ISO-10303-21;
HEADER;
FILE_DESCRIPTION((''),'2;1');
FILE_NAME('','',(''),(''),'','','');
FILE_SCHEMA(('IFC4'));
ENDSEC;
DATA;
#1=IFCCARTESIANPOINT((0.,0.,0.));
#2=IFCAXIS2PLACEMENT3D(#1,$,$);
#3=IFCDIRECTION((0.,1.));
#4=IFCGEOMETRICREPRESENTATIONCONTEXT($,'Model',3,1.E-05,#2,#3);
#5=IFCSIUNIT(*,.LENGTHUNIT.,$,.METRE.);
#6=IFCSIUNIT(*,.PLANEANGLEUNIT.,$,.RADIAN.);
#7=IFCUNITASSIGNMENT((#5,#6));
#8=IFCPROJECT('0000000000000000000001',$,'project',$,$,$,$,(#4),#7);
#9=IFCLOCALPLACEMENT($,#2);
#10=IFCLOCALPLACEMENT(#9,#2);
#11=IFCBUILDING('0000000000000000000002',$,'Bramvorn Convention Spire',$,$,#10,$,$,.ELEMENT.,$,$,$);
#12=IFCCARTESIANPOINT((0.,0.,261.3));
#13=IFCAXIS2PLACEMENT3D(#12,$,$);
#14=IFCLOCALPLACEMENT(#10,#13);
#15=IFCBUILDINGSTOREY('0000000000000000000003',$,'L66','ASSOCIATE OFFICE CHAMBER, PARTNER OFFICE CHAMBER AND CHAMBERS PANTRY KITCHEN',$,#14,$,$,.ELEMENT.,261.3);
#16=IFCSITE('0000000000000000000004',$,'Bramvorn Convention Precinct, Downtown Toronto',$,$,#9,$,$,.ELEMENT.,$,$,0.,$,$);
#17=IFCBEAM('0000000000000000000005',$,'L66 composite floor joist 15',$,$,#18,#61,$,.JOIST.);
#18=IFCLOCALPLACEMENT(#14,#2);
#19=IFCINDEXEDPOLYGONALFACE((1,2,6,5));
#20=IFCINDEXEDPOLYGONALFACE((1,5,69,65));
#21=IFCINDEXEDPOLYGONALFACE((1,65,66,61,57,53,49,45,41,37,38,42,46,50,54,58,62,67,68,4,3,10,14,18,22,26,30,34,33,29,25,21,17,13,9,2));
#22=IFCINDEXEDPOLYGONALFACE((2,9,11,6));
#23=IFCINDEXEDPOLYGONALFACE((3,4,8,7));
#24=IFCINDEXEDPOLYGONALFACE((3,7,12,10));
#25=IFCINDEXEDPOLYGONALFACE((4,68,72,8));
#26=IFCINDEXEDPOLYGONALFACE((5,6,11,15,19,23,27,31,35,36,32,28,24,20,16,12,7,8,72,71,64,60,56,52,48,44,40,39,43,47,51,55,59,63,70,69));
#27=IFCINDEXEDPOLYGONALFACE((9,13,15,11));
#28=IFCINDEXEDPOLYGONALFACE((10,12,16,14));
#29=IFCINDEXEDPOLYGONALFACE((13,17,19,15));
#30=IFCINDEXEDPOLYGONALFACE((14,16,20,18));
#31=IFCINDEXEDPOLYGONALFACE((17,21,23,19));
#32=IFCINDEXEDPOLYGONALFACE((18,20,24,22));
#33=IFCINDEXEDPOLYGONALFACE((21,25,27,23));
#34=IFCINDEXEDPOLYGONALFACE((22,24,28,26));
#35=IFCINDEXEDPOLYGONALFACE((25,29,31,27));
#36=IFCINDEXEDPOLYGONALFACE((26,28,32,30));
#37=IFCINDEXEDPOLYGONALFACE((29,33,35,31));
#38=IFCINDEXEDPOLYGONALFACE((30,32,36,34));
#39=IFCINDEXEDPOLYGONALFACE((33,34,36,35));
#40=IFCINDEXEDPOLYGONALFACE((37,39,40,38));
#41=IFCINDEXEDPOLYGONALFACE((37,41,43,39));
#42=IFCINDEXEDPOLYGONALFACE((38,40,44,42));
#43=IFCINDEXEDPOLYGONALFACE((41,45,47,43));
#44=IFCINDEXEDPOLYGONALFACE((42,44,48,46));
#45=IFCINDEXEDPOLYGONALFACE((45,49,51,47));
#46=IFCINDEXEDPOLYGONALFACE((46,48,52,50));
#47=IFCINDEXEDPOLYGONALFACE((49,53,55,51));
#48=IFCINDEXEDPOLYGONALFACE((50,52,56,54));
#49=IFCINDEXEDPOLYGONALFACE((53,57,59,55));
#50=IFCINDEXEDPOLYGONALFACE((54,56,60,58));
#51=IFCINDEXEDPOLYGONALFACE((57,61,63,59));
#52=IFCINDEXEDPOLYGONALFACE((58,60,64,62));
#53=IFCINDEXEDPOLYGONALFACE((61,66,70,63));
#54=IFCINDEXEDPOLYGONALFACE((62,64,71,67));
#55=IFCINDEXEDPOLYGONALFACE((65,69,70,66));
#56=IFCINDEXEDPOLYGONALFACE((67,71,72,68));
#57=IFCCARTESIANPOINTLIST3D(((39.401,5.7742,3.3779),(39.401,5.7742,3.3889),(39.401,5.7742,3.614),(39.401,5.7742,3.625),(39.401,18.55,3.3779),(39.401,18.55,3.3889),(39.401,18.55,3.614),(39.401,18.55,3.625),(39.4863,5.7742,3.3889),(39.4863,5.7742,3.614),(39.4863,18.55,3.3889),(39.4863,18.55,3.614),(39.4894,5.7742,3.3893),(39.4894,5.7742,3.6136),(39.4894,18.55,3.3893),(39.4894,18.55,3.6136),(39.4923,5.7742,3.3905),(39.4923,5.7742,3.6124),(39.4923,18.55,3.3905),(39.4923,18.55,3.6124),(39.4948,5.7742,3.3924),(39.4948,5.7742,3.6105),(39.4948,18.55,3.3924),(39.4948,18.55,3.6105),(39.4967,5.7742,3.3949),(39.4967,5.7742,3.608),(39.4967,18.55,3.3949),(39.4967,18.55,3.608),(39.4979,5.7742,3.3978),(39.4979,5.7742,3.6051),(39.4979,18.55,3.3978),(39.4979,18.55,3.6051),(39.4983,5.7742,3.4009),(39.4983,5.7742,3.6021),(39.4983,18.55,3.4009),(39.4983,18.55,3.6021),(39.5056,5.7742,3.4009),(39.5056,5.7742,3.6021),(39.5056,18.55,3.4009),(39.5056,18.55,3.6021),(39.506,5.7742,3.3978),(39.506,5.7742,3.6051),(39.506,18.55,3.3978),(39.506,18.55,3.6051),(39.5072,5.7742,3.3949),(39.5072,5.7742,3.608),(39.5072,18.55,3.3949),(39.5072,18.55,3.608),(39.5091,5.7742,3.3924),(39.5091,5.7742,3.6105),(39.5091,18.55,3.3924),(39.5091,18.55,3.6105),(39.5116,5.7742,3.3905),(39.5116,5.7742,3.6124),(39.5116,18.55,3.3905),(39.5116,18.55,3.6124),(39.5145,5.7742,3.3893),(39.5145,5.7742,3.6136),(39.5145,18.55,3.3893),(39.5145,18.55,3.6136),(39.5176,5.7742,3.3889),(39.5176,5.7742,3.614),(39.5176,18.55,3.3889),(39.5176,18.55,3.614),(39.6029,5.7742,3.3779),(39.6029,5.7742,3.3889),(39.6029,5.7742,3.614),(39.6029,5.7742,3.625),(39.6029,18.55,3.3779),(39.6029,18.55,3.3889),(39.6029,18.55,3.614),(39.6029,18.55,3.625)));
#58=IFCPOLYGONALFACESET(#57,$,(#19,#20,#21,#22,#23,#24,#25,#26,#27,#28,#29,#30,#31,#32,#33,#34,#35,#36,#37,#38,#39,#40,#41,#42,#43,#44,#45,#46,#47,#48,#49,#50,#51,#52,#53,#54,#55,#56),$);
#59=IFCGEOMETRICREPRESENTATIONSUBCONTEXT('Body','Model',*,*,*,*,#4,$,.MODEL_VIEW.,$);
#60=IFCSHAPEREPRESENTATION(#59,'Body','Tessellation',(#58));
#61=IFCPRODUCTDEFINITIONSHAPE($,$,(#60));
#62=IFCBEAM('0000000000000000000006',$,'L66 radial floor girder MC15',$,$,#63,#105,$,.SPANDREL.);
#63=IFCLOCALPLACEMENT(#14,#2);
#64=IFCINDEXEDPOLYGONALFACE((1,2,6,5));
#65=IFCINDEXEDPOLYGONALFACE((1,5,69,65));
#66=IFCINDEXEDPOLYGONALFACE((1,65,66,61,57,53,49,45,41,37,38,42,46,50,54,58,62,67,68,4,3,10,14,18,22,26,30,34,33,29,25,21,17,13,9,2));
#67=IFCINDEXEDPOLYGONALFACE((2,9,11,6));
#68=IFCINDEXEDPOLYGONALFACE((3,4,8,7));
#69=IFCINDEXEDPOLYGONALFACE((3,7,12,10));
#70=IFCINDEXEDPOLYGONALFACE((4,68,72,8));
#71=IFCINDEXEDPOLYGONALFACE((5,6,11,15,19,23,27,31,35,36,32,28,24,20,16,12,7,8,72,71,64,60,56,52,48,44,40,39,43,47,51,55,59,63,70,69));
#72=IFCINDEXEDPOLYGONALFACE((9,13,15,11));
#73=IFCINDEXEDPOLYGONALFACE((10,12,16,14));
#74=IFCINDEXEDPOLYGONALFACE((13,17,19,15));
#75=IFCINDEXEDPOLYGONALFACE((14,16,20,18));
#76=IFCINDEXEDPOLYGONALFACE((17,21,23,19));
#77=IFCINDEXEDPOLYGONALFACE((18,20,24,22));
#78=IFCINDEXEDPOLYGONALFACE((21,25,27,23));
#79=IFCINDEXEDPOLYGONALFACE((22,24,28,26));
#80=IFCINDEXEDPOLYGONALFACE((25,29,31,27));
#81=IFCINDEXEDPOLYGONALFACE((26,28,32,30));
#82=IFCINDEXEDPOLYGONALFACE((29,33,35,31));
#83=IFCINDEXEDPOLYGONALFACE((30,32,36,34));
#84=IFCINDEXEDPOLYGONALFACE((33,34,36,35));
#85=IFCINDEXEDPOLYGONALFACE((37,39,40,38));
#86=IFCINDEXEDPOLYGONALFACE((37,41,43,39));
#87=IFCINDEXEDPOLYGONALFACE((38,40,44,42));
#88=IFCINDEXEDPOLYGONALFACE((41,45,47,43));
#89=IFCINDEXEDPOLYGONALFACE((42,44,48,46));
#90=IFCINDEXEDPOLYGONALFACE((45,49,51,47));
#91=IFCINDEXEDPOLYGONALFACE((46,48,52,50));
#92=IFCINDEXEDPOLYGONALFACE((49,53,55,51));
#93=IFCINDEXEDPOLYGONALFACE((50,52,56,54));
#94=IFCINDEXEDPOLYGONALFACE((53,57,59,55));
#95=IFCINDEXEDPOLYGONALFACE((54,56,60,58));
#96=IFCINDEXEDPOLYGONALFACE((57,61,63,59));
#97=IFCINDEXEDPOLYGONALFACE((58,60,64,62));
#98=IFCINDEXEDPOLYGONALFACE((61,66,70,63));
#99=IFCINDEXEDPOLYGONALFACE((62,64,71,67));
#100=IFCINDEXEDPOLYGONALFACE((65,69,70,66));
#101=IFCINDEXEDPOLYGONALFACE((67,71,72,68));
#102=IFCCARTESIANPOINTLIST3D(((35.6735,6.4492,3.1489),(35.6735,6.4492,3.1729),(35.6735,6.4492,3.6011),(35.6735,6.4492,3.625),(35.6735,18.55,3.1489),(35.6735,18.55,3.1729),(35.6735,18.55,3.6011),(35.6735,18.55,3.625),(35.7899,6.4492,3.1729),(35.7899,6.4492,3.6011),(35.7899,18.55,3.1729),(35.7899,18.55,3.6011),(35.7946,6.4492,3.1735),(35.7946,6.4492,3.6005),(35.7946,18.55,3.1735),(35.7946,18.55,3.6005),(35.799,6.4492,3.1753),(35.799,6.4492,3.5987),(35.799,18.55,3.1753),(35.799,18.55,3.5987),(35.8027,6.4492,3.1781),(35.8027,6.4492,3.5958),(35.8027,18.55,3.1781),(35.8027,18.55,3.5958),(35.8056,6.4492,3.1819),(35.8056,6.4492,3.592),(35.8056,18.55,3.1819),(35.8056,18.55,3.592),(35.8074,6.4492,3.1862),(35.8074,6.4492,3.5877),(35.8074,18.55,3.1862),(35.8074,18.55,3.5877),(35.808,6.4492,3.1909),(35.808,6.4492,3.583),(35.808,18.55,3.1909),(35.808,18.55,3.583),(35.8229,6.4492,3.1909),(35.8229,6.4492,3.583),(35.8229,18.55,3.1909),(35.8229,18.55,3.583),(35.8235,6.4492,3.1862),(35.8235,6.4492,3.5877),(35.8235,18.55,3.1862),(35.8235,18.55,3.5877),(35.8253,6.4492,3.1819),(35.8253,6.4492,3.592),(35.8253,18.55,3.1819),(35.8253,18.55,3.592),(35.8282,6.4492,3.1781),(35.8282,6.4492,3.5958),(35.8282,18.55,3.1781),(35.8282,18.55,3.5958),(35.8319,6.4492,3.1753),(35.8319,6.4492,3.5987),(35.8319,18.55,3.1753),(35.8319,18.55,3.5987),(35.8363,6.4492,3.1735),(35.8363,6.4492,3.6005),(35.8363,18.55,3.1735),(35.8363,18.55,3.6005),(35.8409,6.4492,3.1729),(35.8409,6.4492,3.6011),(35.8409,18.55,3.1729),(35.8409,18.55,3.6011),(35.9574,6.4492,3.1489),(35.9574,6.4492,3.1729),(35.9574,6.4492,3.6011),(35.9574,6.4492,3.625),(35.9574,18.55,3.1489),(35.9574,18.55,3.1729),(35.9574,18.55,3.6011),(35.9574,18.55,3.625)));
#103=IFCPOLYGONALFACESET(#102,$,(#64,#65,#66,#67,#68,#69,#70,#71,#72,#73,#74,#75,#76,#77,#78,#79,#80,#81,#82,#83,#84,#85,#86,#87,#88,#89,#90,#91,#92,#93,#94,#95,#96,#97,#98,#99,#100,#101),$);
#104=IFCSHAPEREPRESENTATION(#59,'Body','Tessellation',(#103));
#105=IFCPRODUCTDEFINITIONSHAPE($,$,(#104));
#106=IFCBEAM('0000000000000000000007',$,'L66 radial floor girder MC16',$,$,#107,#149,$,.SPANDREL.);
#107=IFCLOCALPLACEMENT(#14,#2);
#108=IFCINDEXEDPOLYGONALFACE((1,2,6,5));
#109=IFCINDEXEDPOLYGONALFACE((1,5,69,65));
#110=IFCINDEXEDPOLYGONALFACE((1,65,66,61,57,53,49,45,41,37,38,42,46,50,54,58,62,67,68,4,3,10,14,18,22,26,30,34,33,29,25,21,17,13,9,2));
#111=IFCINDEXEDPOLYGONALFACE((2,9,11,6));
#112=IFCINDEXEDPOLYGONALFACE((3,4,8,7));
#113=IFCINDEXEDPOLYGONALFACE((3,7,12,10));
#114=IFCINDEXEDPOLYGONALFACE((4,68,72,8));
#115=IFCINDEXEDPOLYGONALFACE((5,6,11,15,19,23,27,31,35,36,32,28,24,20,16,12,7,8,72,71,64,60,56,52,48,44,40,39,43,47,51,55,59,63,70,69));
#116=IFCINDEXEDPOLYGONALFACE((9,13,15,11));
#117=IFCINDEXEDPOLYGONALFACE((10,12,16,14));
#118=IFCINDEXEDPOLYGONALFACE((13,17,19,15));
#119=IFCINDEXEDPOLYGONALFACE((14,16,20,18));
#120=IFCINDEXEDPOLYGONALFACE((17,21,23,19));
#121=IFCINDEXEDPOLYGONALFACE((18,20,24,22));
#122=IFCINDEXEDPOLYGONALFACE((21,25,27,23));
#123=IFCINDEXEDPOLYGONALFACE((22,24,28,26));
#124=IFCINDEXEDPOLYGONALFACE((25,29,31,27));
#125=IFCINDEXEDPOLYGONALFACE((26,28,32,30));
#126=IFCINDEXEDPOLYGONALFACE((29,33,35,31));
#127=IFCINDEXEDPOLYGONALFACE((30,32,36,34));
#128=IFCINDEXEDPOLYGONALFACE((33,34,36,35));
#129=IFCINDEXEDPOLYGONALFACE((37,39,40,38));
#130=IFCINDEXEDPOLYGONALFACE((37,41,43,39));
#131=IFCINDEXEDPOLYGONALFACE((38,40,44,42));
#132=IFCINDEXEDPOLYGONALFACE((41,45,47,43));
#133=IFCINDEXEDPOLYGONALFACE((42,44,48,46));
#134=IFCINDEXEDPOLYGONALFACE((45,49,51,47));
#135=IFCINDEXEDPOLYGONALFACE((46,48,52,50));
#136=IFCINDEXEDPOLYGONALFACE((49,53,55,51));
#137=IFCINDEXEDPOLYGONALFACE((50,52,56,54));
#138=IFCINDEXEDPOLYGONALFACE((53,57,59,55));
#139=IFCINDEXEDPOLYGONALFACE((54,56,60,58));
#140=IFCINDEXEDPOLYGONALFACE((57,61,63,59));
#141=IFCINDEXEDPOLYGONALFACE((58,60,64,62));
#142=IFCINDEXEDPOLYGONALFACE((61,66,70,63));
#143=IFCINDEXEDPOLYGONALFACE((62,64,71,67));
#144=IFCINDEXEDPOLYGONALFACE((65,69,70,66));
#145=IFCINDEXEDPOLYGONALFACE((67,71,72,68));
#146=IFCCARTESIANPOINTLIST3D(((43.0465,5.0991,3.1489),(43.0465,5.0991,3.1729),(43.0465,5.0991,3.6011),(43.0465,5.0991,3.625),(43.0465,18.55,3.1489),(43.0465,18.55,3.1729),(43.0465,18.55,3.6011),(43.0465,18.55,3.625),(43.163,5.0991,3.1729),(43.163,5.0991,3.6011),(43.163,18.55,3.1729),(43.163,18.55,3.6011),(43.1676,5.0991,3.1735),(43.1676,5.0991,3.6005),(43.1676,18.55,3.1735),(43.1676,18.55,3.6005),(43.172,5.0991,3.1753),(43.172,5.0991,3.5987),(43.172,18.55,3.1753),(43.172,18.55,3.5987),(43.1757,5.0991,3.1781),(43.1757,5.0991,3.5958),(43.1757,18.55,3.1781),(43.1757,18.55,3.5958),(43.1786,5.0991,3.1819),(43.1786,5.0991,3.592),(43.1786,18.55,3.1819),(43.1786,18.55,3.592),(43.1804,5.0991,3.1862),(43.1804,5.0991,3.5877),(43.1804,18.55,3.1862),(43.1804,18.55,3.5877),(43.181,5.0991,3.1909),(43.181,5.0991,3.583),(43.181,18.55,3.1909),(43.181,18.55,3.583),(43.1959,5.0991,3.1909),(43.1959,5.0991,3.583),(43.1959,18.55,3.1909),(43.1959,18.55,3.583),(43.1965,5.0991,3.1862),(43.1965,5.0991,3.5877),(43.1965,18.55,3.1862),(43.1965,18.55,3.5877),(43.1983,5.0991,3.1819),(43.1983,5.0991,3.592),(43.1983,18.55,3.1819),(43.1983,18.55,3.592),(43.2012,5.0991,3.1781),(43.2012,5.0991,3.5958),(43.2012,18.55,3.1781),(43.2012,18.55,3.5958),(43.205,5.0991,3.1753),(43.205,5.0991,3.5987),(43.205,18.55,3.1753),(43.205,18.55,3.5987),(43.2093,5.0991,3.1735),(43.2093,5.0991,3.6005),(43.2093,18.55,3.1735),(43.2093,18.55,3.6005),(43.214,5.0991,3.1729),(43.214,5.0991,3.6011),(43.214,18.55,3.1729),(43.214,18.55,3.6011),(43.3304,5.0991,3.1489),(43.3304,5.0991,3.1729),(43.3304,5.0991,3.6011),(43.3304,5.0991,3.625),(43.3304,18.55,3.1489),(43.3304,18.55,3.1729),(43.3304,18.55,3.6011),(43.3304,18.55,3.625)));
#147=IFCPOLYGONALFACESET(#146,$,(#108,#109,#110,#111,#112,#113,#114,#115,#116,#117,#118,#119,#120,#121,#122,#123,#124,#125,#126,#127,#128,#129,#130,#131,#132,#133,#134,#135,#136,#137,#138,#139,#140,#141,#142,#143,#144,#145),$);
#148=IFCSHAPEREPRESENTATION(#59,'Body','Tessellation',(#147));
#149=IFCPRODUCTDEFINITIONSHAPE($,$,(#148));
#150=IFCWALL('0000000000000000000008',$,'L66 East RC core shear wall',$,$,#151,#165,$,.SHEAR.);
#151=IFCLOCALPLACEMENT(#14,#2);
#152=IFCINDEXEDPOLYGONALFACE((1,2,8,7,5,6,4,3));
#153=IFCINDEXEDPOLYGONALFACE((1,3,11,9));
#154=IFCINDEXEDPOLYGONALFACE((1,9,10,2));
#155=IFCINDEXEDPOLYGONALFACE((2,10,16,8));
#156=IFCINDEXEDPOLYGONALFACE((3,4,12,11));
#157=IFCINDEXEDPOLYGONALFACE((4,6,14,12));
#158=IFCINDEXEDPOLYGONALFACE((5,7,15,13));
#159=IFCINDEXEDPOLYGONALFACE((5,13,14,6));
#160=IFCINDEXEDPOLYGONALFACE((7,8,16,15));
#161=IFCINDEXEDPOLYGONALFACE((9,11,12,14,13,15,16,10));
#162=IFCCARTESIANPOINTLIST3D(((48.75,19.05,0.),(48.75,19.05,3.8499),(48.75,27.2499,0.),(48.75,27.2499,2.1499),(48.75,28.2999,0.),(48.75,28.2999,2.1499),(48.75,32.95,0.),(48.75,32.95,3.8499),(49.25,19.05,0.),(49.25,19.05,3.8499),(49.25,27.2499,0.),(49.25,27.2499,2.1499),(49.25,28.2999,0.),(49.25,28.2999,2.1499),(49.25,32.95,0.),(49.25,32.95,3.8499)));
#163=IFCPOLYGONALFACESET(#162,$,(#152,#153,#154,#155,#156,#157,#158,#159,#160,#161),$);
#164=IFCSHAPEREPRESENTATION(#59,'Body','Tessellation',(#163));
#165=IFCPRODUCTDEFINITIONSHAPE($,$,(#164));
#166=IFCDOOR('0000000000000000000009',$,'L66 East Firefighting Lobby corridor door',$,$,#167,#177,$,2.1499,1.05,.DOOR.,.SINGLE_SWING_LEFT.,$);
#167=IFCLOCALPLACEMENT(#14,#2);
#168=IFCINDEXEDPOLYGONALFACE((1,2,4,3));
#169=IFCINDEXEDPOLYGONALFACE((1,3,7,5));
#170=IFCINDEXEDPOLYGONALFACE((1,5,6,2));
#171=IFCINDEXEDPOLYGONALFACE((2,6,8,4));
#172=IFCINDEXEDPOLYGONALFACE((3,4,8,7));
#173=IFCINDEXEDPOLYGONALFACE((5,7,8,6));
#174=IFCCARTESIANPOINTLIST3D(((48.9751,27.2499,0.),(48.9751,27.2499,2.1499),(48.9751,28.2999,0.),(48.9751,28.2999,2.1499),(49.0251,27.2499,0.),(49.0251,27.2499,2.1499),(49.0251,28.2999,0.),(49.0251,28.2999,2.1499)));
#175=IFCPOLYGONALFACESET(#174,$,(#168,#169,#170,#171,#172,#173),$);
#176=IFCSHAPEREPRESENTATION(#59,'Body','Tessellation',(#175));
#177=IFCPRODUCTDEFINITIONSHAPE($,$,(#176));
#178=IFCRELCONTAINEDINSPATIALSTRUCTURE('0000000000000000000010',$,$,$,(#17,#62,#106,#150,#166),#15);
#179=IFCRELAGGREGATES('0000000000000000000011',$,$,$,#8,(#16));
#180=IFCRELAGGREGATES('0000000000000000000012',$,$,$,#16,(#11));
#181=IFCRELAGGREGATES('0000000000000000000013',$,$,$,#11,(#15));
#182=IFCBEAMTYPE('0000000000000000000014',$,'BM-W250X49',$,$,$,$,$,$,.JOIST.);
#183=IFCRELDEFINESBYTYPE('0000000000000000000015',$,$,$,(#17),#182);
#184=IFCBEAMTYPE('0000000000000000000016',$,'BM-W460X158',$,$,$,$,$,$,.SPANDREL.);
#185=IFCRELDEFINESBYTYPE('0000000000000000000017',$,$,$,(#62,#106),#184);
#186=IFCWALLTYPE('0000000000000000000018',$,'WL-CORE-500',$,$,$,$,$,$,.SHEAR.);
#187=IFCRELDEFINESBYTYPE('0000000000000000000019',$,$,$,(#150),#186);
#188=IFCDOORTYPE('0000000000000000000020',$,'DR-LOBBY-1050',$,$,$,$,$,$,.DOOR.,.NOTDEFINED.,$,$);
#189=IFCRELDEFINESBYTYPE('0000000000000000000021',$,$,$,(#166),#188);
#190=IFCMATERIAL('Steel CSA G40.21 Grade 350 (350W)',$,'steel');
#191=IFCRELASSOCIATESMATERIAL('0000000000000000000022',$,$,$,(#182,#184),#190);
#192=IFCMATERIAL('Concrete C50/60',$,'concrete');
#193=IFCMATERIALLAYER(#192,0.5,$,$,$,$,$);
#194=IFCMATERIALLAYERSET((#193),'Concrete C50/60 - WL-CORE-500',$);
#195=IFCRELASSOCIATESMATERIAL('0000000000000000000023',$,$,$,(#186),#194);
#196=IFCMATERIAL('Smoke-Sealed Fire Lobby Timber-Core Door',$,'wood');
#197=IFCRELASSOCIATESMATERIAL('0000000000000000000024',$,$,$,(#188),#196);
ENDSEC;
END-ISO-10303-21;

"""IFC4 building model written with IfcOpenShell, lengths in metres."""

from ifc_helpers import new_model, si_unit, direction, frame, frame_2d, origin, origin_2d, place, context, subcontext, project, spatial, rectangle, i_section, extrude, material, layer, layer_set, material_profile, profile_set, type_object, element, fill, save


model = new_model("IFC4")

# Units and contexts
model_context = context("Model", 3, precision=1e-05, world=origin(), true_north=direction((0.0, 1.0)))
body_context = subcontext(model_context, "Body", "Model", "MODEL_VIEW")
ifc_project = project(units=[si_unit("LENGTHUNIT", "METRE"), si_unit("PLANEANGLEUNIT", "RADIAN")], contexts=[model_context])

# Site, building, storey
site_placement = place(None, origin())
site = spatial("IfcSite", under=ifc_project, at=site_placement, Name="Bramvorn Convention Precinct, Downtown Toronto", CompositionType="ELEMENT", RefElevation=0.0)
building_placement = place(site_placement, origin())
building = spatial("IfcBuilding", under=site, at=building_placement, Name="Bramvorn Convention Spire", CompositionType="ELEMENT")
storey_placement = place(building_placement, frame((0.0, 0.0, 261.3)))
storey = spatial("IfcBuildingStorey", under=building, at=storey_placement, Name="L66", Description="ASSOCIATE OFFICE CHAMBER, PARTNER OFFICE CHAMBER AND CHAMBERS PANTRY KITCHEN", CompositionType="ELEMENT", Elevation=261.3)

# Beams
ifc_material_1 = material(Name="Steel CSA G40.21 Grade 350 (350W)", Category="steel")
ifc_material_profile_1 = material_profile(ifc_material_1, i_section(OverallWidth=0.2019, OverallDepth=0.2471, WebThickness=0.0073, FlangeThickness=0.011, FilletRadius=0.012, at=origin_2d()))
ifc_profile_set_1 = profile_set([ifc_material_profile_1], Name="Steel CSA G40.21 Grade 350 (350W) - W250X49")
beam_type_1 = type_object("IfcBeamType", Name="BM-W250X49", PredefinedType="JOIST", material=ifc_profile_set_1)
beam_1_placement = place(storey_placement, frame((39.502, 18.55, 3.5015), z_axis=(0.0, -1.0, 0.0), x_axis=(1.0, 0.0, 0.0)))
element("IfcBeam", 1, at=beam_1_placement, inside=storey, type_object=beam_type_1, Name="L66 composite floor joist 15", PredefinedType="JOIST", context=body_context, shape_type="SweptSolid", body=[
    extrude(i_section(OverallWidth=0.2019, OverallDepth=0.2471, WebThickness=0.0073, FlangeThickness=0.011, FilletRadius=0.012, at=origin_2d()), origin(), (0.0, 0.0, 1.0), 12.7759),
])
ifc_material_profile_2 = material_profile(ifc_material_1, i_section(OverallWidth=0.2839, OverallDepth=0.4761, WebThickness=0.0149, FlangeThickness=0.0239, FilletRadius=0.0181, at=origin_2d()))
ifc_profile_set_2 = profile_set([ifc_material_profile_2], Name="Steel CSA G40.21 Grade 350 (350W) - W460X158")
beam_type_2 = type_object("IfcBeamType", Name="BM-W460X158", PredefinedType="SPANDREL", material=ifc_profile_set_2)
beam_2_placement = place(storey_placement, frame((35.8154, 18.55, 3.387), z_axis=(0.0, -1.0, 0.0), x_axis=(1.0, 0.0, 0.0)))
element("IfcBeam", 2, at=beam_2_placement, inside=storey, type_object=beam_type_2, Name="L66 radial floor girder MC15", PredefinedType="SPANDREL", context=body_context, shape_type="SweptSolid", body=[
    extrude(i_section(OverallWidth=0.2839, OverallDepth=0.4761, WebThickness=0.0149, FlangeThickness=0.0239, FilletRadius=0.0181, at=origin_2d()), origin(), (0.0, 0.0, 1.0), 12.1008),
])
beam_3_placement = place(storey_placement, frame((43.1885, 18.55, 3.387), z_axis=(0.0, -1.0, 0.0), x_axis=(1.0, 0.0, 0.0)))
element("IfcBeam", 3, at=beam_3_placement, inside=storey, type_object=beam_type_2, Name="L66 radial floor girder MC16", PredefinedType="SPANDREL", context=body_context, shape_type="SweptSolid", body=[
    extrude(i_section(OverallWidth=0.2839, OverallDepth=0.4761, WebThickness=0.0149, FlangeThickness=0.0239, FilletRadius=0.0181, at=origin_2d()), origin(), (0.0, 0.0, 1.0), 13.4509),
])

# Wall, opening, door
ifc_material_2 = material(Name="Concrete C50/60", Category="concrete")
ifc_layer_1 = layer(ifc_material_2, 0.5)
ifc_layer_set_1 = layer_set([ifc_layer_1], Name="Concrete C50/60 - WL-CORE-500")
wall_type_1 = type_object("IfcWallType", Name="WL-CORE-500", PredefinedType="SHEAR", material=ifc_layer_set_1)
wall_1_placement = place(storey_placement, frame((49.0, 19.05, 0.0), z_axis=(0.0, 0.0, 1.0), x_axis=(0.0, 1.0, 0.0)))
wall_1 = element("IfcWall", 4, at=wall_1_placement, inside=storey, type_object=wall_type_1, Name="L66 East RC core shear wall", PredefinedType="SHEAR", context=body_context, shape_type="SweptSolid", body=[
    extrude(rectangle(XDim=13.8999, YDim=0.5, at=frame_2d((6.95, 0.0))), origin(), (0.0, 0.0, 1.0), 3.8499),
])
opening_1_placement = place(wall_1_placement, frame((8.2, 0.0, 0.0)))
opening_1 = element("IfcOpeningElement", 5, at=opening_1_placement, cuts=wall_1, PredefinedType="OPENING", context=body_context, shape_type="SweptSolid", body=[
    extrude(rectangle(XDim=1.05, YDim=2.1499, at=frame_2d((0.5249, 1.075))), frame((0.0, 0.26, 0.0), z_axis=(0.0, -1.0, 0.0), x_axis=(1.0, 0.0, 0.0)), (0.0, 0.0, 1.0), 0.52),
])
ifc_material_3 = material(Name="Smoke-Sealed Fire Lobby Timber-Core Door", Category="wood")
door_type_1 = type_object("IfcDoorType", Name="DR-LOBBY-1050", OperationType="NOTDEFINED", PredefinedType="DOOR", material=ifc_material_3)
door_1_placement = place(opening_1_placement, origin())
door_1 = element("IfcDoor", 6, at=door_1_placement, inside=storey, type_object=door_type_1, Name="L66 East Firefighting Lobby corridor door", OperationType="SINGLE_SWING_LEFT", OverallHeight=2.1499, OverallWidth=1.05, PredefinedType="DOOR", context=body_context, shape_type="SweptSolid", body=[
    extrude(rectangle(XDim=1.05, YDim=2.1499, at=frame_2d((0.5249, 1.075))), frame((0.0, 0.0249, 0.0), z_axis=(0.0, -1.0, 0.0), x_axis=(1.0, 0.0, 0.0)), (0.0, 0.0, 1.0), 0.05),
])
fill(opening_1, door_1)

save(model, "model.ifc")
